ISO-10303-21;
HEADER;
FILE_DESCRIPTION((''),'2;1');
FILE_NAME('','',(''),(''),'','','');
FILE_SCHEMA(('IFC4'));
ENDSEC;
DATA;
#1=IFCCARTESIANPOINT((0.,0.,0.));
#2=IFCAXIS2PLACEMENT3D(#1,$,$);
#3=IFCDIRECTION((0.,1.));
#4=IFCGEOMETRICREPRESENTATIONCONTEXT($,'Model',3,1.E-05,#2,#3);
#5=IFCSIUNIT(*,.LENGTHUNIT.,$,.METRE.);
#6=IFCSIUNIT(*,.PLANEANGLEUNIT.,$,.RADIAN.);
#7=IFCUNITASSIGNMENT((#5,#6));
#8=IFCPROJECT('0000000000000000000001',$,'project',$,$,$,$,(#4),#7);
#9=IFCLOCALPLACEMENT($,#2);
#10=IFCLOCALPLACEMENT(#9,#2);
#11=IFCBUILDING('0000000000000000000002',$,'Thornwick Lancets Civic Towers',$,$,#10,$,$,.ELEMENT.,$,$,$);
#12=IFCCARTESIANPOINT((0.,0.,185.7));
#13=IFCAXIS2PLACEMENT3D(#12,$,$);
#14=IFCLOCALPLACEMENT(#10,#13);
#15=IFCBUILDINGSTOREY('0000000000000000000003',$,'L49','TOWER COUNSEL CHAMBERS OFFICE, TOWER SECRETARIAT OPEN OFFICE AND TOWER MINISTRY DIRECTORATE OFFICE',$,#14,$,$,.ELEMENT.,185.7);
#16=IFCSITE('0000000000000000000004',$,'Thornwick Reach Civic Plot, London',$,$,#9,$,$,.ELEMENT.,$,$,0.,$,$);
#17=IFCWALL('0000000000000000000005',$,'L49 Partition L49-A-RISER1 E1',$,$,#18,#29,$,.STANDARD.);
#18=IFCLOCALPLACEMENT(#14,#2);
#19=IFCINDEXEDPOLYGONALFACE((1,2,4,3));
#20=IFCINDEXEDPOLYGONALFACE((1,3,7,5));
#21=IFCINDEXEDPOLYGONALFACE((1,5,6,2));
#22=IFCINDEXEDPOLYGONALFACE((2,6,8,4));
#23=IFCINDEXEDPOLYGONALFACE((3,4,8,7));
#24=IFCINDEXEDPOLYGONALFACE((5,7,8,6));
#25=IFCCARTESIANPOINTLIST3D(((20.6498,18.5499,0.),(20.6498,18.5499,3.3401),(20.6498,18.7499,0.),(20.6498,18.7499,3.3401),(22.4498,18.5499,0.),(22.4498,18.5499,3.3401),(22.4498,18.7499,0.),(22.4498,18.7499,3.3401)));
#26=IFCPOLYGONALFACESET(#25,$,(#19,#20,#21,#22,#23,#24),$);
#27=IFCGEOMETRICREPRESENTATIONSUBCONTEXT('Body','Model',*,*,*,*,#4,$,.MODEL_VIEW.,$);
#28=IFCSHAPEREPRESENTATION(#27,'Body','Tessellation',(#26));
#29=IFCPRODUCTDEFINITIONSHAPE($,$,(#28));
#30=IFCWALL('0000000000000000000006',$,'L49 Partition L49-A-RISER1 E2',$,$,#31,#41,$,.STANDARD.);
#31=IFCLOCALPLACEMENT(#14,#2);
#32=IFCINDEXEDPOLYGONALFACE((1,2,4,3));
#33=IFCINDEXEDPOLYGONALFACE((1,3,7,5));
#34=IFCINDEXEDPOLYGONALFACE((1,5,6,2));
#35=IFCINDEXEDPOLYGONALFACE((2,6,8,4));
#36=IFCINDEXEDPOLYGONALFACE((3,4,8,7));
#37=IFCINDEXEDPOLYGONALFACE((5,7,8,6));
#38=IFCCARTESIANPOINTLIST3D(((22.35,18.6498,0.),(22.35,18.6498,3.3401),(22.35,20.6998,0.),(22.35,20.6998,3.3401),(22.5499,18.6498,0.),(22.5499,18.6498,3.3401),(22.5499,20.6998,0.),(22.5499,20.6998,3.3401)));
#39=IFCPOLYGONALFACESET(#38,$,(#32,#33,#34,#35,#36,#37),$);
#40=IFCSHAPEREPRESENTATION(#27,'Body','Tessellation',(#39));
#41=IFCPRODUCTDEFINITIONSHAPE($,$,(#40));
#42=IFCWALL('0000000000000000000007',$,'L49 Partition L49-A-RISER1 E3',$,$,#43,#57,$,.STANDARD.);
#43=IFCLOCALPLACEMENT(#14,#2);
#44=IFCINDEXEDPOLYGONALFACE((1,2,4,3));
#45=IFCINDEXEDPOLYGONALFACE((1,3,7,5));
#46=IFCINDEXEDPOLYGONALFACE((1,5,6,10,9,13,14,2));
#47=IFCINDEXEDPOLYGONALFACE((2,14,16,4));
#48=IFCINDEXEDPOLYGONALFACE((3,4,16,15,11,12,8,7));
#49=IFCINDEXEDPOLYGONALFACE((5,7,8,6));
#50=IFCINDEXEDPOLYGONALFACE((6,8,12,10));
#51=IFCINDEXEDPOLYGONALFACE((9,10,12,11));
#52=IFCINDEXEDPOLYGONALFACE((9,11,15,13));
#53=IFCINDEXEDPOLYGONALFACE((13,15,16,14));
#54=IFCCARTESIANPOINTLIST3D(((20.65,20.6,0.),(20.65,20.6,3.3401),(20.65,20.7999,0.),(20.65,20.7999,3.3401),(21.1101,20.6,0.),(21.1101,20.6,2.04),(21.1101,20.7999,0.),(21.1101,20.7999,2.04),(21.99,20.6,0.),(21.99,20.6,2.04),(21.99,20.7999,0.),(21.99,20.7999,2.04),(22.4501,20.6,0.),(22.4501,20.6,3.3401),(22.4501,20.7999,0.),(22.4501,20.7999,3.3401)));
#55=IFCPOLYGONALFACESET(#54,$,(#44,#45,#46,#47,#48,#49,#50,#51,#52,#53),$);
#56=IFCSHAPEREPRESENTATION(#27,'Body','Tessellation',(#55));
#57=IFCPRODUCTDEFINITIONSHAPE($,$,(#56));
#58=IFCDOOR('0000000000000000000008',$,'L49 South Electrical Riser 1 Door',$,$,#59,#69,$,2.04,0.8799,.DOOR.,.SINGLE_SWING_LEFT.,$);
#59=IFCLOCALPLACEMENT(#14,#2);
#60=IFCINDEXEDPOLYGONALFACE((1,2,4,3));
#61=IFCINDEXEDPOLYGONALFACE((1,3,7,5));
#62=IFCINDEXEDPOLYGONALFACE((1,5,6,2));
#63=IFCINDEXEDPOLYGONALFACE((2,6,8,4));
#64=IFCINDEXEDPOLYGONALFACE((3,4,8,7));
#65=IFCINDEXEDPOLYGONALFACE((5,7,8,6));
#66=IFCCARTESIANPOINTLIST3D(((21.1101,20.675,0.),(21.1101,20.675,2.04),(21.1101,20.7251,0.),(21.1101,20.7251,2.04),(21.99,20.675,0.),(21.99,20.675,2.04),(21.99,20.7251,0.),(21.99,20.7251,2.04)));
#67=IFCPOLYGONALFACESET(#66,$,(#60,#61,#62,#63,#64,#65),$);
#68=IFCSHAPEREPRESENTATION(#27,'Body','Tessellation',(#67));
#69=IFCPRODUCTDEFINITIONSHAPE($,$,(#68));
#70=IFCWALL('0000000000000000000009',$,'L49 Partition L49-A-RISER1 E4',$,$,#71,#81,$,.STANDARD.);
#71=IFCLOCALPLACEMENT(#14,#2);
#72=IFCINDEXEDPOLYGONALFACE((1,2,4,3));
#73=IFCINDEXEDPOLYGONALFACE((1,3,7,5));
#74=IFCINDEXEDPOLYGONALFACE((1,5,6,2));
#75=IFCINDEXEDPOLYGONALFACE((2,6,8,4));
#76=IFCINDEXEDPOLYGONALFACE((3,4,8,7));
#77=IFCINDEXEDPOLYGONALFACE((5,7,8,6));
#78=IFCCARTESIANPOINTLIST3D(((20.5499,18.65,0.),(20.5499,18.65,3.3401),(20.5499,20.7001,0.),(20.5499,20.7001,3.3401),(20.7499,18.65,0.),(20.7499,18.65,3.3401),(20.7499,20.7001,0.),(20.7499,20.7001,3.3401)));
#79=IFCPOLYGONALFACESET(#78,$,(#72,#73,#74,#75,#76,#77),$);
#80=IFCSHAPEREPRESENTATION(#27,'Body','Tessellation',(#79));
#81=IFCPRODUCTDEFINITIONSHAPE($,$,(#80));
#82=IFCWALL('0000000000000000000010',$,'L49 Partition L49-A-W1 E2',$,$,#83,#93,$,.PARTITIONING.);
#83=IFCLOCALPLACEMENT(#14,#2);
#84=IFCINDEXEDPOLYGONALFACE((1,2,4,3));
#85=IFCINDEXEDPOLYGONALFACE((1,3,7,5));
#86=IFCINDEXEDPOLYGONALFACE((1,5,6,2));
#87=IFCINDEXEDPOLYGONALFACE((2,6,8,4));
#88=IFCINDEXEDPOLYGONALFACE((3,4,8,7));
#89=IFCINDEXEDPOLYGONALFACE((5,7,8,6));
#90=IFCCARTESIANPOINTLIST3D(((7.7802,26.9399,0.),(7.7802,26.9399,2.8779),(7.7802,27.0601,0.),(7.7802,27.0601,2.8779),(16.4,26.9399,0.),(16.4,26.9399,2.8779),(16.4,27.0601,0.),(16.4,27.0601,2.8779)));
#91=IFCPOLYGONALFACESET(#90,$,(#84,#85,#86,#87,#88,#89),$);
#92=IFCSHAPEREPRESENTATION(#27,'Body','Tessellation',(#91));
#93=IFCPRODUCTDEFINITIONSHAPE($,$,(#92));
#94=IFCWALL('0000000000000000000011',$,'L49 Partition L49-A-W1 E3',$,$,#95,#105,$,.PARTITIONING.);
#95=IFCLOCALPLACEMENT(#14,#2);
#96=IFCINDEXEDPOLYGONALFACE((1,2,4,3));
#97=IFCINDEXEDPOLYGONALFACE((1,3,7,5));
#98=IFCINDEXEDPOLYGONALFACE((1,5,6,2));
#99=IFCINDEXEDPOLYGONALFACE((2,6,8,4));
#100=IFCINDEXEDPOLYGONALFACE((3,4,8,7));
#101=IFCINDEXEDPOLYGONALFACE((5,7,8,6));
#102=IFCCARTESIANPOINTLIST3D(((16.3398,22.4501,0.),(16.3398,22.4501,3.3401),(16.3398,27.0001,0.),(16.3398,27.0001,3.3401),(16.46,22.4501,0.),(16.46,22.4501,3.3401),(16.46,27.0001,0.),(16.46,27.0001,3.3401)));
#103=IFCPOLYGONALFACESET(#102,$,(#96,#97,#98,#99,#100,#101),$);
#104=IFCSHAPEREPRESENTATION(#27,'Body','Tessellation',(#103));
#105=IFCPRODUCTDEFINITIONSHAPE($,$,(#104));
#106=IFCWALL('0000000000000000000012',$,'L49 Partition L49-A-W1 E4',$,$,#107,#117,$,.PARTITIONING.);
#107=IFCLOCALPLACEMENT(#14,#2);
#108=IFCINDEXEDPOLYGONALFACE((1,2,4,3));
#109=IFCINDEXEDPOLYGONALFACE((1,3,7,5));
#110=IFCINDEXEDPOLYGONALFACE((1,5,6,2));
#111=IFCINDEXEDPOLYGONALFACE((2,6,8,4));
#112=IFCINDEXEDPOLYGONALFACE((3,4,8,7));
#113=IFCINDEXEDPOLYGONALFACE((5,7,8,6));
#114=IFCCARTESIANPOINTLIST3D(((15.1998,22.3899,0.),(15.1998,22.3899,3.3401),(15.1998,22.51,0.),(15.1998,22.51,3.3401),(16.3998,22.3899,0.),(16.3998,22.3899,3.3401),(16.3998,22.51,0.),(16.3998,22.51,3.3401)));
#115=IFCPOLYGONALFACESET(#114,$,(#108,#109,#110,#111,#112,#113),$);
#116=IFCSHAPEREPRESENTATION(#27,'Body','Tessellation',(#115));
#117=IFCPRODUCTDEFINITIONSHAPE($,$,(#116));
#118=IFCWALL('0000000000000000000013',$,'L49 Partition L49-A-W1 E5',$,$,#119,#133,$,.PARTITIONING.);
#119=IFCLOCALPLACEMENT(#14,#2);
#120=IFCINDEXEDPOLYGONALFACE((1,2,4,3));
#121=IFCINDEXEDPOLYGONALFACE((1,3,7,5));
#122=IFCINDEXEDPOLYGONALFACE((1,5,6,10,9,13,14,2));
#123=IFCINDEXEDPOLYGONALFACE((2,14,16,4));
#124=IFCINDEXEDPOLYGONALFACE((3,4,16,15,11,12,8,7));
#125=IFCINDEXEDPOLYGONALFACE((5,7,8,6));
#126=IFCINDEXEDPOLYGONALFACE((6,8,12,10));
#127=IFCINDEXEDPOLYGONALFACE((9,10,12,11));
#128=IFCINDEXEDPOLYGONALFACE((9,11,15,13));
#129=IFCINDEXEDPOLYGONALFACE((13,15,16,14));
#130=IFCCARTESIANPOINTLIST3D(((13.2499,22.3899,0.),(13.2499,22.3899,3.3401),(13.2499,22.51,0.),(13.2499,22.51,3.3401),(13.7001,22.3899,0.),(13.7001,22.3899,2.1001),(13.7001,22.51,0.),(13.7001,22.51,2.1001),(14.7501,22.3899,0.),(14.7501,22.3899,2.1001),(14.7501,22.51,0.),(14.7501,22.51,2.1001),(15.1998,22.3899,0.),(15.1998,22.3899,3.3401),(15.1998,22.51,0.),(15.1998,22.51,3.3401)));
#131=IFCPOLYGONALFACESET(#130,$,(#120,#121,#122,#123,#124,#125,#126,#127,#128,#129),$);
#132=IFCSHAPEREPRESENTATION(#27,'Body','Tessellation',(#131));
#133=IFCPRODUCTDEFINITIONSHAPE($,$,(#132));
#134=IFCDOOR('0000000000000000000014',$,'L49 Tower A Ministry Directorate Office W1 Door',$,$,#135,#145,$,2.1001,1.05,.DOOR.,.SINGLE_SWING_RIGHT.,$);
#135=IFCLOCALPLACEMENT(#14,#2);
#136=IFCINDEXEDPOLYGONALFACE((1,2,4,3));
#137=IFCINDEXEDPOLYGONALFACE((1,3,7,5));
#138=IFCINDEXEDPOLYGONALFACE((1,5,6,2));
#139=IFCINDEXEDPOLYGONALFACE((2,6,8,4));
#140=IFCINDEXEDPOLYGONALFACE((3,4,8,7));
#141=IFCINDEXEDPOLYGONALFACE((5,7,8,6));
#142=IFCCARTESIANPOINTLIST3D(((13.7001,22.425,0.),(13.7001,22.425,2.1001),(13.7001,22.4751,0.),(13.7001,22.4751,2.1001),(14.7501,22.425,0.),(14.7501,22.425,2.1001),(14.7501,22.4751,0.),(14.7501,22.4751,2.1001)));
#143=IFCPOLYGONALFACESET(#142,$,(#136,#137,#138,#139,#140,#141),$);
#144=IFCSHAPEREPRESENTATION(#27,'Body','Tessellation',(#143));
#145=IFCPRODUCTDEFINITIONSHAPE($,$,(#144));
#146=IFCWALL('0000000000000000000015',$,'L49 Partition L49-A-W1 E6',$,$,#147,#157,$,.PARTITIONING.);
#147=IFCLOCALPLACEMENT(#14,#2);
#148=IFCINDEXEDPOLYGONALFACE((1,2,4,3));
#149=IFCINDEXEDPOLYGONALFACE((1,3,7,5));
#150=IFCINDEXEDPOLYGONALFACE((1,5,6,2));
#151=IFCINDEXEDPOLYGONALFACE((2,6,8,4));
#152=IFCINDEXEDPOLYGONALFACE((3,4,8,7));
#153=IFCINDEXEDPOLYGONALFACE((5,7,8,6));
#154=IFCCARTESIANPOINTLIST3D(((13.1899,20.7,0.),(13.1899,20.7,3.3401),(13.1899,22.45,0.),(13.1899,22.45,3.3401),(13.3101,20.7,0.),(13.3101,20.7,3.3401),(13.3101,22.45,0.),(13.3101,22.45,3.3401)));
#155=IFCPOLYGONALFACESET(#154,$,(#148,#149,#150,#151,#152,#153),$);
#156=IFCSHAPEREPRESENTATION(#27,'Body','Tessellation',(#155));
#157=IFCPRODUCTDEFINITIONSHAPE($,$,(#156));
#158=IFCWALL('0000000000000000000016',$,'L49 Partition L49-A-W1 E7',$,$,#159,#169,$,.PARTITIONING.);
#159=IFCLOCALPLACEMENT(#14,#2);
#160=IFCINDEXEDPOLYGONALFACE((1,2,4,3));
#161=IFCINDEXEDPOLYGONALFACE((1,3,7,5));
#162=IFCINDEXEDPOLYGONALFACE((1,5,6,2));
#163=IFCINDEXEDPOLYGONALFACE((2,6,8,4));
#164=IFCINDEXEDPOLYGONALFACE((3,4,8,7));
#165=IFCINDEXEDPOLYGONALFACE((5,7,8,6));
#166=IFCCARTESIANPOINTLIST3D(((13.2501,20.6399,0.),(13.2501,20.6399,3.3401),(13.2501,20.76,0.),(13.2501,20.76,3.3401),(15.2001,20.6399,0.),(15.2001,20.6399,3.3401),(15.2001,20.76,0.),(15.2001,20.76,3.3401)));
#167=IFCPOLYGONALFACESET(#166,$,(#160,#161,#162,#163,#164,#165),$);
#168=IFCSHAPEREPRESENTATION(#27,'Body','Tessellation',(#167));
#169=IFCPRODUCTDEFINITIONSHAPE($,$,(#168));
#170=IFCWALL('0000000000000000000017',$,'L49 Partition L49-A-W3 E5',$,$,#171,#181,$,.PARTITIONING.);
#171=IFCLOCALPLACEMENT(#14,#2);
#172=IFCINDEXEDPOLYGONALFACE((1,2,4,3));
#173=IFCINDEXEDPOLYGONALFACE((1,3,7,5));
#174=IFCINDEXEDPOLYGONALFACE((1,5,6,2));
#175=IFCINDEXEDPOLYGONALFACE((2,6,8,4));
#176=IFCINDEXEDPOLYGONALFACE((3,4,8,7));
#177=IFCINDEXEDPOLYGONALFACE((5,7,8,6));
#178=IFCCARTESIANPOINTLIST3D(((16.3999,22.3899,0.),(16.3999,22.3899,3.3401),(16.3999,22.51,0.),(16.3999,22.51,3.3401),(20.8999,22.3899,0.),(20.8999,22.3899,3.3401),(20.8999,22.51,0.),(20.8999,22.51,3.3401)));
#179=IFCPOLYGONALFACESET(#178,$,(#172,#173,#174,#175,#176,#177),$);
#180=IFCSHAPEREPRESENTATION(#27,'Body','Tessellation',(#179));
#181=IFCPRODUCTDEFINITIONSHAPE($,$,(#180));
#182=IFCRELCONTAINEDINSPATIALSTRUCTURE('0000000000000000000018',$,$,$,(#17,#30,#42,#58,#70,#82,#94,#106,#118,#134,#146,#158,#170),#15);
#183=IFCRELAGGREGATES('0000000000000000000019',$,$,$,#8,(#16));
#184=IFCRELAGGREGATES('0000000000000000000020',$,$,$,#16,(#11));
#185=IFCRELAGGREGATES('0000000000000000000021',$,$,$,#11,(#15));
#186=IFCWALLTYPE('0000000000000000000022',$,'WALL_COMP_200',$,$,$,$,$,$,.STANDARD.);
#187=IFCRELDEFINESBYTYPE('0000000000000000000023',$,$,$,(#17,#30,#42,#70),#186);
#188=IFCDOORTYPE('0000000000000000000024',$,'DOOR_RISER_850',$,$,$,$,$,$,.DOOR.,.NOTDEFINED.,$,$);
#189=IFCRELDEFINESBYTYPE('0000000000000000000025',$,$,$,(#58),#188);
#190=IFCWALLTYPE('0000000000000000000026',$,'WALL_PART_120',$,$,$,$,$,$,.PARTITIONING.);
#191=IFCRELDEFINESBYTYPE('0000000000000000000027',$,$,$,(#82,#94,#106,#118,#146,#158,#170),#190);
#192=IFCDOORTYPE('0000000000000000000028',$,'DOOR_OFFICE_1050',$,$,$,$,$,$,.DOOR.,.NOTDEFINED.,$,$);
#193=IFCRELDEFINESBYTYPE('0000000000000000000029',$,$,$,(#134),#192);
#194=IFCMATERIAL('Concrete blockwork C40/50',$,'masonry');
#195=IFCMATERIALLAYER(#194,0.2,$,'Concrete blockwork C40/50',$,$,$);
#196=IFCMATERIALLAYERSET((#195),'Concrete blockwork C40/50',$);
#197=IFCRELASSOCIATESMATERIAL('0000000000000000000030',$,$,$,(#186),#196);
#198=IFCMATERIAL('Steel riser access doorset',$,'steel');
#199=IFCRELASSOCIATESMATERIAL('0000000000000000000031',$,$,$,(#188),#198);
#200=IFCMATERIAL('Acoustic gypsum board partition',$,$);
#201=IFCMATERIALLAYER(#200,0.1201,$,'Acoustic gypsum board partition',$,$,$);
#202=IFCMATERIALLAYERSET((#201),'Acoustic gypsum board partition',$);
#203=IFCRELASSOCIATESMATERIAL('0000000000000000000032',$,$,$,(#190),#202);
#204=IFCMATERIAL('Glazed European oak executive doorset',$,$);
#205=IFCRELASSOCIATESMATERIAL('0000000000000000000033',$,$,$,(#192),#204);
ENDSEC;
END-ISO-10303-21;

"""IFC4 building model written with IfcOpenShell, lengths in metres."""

from ifc_helpers import new_model, si_unit, direction, frame, frame_2d, origin, place, context, subcontext, project, spatial, rectangle, extrude, material, layer, layer_set, type_object, element, fill, save


model = new_model("IFC4")

# Units and contexts
model_context = context("Model", 3, precision=1e-05, world=origin(), true_north=direction((0.0, 1.0)))
body_context = subcontext(model_context, "Body", "Model", "MODEL_VIEW")
ifc_project = project(units=[si_unit("LENGTHUNIT", "METRE"), si_unit("PLANEANGLEUNIT", "RADIAN")], contexts=[model_context])

# Site, building, storey
site_placement = place(None, origin())
site = spatial("IfcSite", under=ifc_project, at=site_placement, Name="Thornwick Reach Civic Plot, London", CompositionType="ELEMENT", RefElevation=0.0)
building_placement = place(site_placement, origin())
building = spatial("IfcBuilding", under=site, at=building_placement, Name="Thornwick Lancets Civic Towers", CompositionType="ELEMENT")
storey_placement = place(building_placement, frame((0.0, 0.0, 185.7)))
storey = spatial("IfcBuildingStorey", under=building, at=storey_placement, Name="L49", Description="TOWER COUNSEL CHAMBERS OFFICE, TOWER SECRETARIAT OPEN OFFICE AND TOWER MINISTRY DIRECTORATE OFFICE", CompositionType="ELEMENT", Elevation=185.7)

# Shared definitions
ifc_material_1 = material(Name="Concrete blockwork C40/50", Category="masonry")
ifc_layer_1 = layer(ifc_material_1, 0.2, Name="Concrete blockwork C40/50")
ifc_layer_set_1 = layer_set([ifc_layer_1], Name="Concrete blockwork C40/50")
wall_type_1 = type_object("IfcWallType", Name="WALL_COMP_200", PredefinedType="STANDARD", material=ifc_layer_set_1)

# Walls
wall_1_placement = place(storey_placement, frame((20.6499, 18.6499, 0.0), z_axis=(0.0, 0.0, 1.0), x_axis=(1.0, 0.0, 0.0)))
element("IfcWall", 1, at=wall_1_placement, inside=storey, type_object=wall_type_1, Name="L49 Partition L49-A-RISER1 E1", PredefinedType="STANDARD", context=body_context, shape_type="SweptSolid", body=[
    extrude(rectangle(XDim=1.8, YDim=0.2, at=frame_2d((0.8999, 0.0))), origin(), (0.0, 0.0, 1.0), 3.3401),
])
wall_2_placement = place(storey_placement, frame((22.45, 18.6499, 0.0), z_axis=(0.0, 0.0, 1.0), x_axis=(0.0, 1.0, 0.0)))
element("IfcWall", 2, at=wall_2_placement, inside=storey, type_object=wall_type_1, Name="L49 Partition L49-A-RISER1 E2", PredefinedType="STANDARD", context=body_context, shape_type="SweptSolid", body=[
    extrude(rectangle(XDim=2.05, YDim=0.2, at=frame_2d((1.0249, 0.0))), origin(), (0.0, 0.0, 1.0), 3.3401),
])

# Wall, opening, door
wall_3_placement = place(storey_placement, frame((22.45, 20.7, 0.0), z_axis=(0.0, 0.0, 1.0), x_axis=(-1.0, 0.0, 0.0)))
wall_3 = element("IfcWall", 3, at=wall_3_placement, inside=storey, type_object=wall_type_1, Name="L49 Partition L49-A-RISER1 E3", PredefinedType="STANDARD", context=body_context, shape_type="SweptSolid", body=[
    extrude(rectangle(XDim=1.8, YDim=0.2, at=frame_2d((0.8999, 0.0))), origin(), (0.0, 0.0, 1.0), 3.3401),
])
opening_1_placement = place(wall_3_placement, frame((0.46, 0.0, 0.0)))
opening_1 = element("IfcOpeningElement", 4, at=opening_1_placement, cuts=wall_3, PredefinedType="OPENING", context=body_context, shape_type="SweptSolid", body=[
    extrude(rectangle(XDim=0.8799, YDim=2.04, at=frame_2d((0.4399, 1.02))), frame((0.0, 0.1099, 0.0), z_axis=(0.0, -1.0, 0.0), x_axis=(1.0, 0.0, 0.0)), (0.0, 0.0, 1.0), 0.22),
])
ifc_material_2 = material(Name="Steel riser access doorset", Category="steel")
door_type_1 = type_object("IfcDoorType", Name="DOOR_RISER_850", OperationType="NOTDEFINED", PredefinedType="DOOR", material=ifc_material_2)
door_1_placement = place(opening_1_placement, origin())
door_1 = element("IfcDoor", 5, at=door_1_placement, inside=storey, type_object=door_type_1, Name="L49 South Electrical Riser 1 Door", OperationType="SINGLE_SWING_LEFT", OverallHeight=2.04, OverallWidth=0.8799, PredefinedType="DOOR", context=body_context, shape_type="SweptSolid", body=[
    extrude(rectangle(XDim=0.8799, YDim=2.04, at=frame_2d((0.4399, 1.02))), frame((0.0, 0.0249, 0.0), z_axis=(0.0, -1.0, 0.0), x_axis=(1.0, 0.0, 0.0)), (0.0, 0.0, 1.0), 0.05),
])
fill(opening_1, door_1)

# Walls
wall_4_placement = place(storey_placement, frame((20.6499, 20.7, 0.0), z_axis=(0.0, 0.0, 1.0), x_axis=(0.0, -1.0, 0.0)))
element("IfcWall", 6, at=wall_4_placement, inside=storey, type_object=wall_type_1, Name="L49 Partition L49-A-RISER1 E4", PredefinedType="STANDARD", context=body_context, shape_type="SweptSolid", body=[
    extrude(rectangle(XDim=2.05, YDim=0.2, at=frame_2d((1.0249, 0.0))), origin(), (0.0, 0.0, 1.0), 3.3401),
])
ifc_material_3 = material(Name="Acoustic gypsum board partition")
ifc_layer_2 = layer(ifc_material_3, 0.1201, Name="Acoustic gypsum board partition")
ifc_layer_set_2 = layer_set([ifc_layer_2], Name="Acoustic gypsum board partition")
wall_type_2 = type_object("IfcWallType", Name="WALL_PART_120", PredefinedType="PARTITIONING", material=ifc_layer_set_2)
wall_5_placement = place(storey_placement, frame((7.78, 27.0, 0.0), z_axis=(0.0, 0.0, 1.0), x_axis=(1.0, 0.0, 0.0)))
element("IfcWall", 7, at=wall_5_placement, inside=storey, type_object=wall_type_2, Name="L49 Partition L49-A-W1 E2", PredefinedType="PARTITIONING", context=body_context, shape_type="SweptSolid", body=[
    extrude(rectangle(XDim=8.6199, YDim=0.1201, at=frame_2d((4.3101, 0.0))), origin(), (0.0, 0.0, 1.0), 2.8779),
])
wall_6_placement = place(storey_placement, frame((16.3999, 27.0, 0.0), z_axis=(0.0, 0.0, 1.0), x_axis=(0.0, -1.0, 0.0)))
element("IfcWall", 8, at=wall_6_placement, inside=storey, type_object=wall_type_2, Name="L49 Partition L49-A-W1 E3", PredefinedType="PARTITIONING", context=body_context, shape_type="SweptSolid", body=[
    extrude(rectangle(XDim=4.55, YDim=0.1201, at=frame_2d((2.2749, 0.0))), origin(), (0.0, 0.0, 1.0), 3.3401),
])
wall_7_placement = place(storey_placement, frame((16.3999, 22.45, 0.0), z_axis=(0.0, 0.0, 1.0), x_axis=(-1.0, 0.0, 0.0)))
element("IfcWall", 9, at=wall_7_placement, inside=storey, type_object=wall_type_2, Name="L49 Partition L49-A-W1 E4", PredefinedType="PARTITIONING", context=body_context, shape_type="SweptSolid", body=[
    extrude(rectangle(XDim=1.2, YDim=0.1201, at=frame_2d((0.6001, 0.0))), origin(), (0.0, 0.0, 1.0), 3.3401),
])

# Wall, opening, door
wall_8_placement = place(storey_placement, frame((15.2, 22.45, 0.0), z_axis=(0.0, 0.0, 1.0), x_axis=(-1.0, 0.0, 0.0)))
wall_8 = element("IfcWall", 10, at=wall_8_placement, inside=storey, type_object=wall_type_2, Name="L49 Partition L49-A-W1 E5", PredefinedType="PARTITIONING", context=body_context, shape_type="SweptSolid", body=[
    extrude(rectangle(XDim=1.95, YDim=0.1201, at=frame_2d((0.9751, 0.0))), origin(), (0.0, 0.0, 1.0), 3.3401),
])
opening_2_placement = place(wall_8_placement, frame((0.45, 0.0, 0.0)))
opening_2 = element("IfcOpeningElement", 11, at=opening_2_placement, cuts=wall_8, PredefinedType="OPENING", context=body_context, shape_type="SweptSolid", body=[
    extrude(rectangle(XDim=1.05, YDim=2.1001, at=frame_2d((0.5249, 1.05))), frame((0.0, 0.0701, 0.0), z_axis=(0.0, -1.0, 0.0), x_axis=(1.0, 0.0, 0.0)), (0.0, 0.0, 1.0), 0.1401),
])
ifc_material_4 = material(Name="Glazed European oak executive doorset")
door_type_2 = type_object("IfcDoorType", Name="DOOR_OFFICE_1050", OperationType="NOTDEFINED", PredefinedType="DOOR", material=ifc_material_4)
door_2_placement = place(opening_2_placement, origin())
door_2 = element("IfcDoor", 12, at=door_2_placement, inside=storey, type_object=door_type_2, Name="L49 Tower A Ministry Directorate Office W1 Door", OperationType="SINGLE_SWING_RIGHT", OverallHeight=2.1001, OverallWidth=1.05, PredefinedType="DOOR", context=body_context, shape_type="SweptSolid", body=[
    extrude(rectangle(XDim=1.05, YDim=2.1001, at=frame_2d((0.5249, 1.05))), frame((0.0, 0.0249, 0.0), z_axis=(0.0, -1.0, 0.0), x_axis=(1.0, 0.0, 0.0)), (0.0, 0.0, 1.0), 0.05),
])
fill(opening_2, door_2)

# Walls
wall_9_placement = place(storey_placement, frame((13.25, 22.45, 0.0), z_axis=(0.0, 0.0, 1.0), x_axis=(0.0, -1.0, 0.0)))
element("IfcWall", 13, at=wall_9_placement, inside=storey, type_object=wall_type_2, Name="L49 Partition L49-A-W1 E6", PredefinedType="PARTITIONING", context=body_context, shape_type="SweptSolid", body=[
    extrude(rectangle(XDim=1.75, YDim=0.1201, at=frame_2d((0.875, 0.0))), origin(), (0.0, 0.0, 1.0), 3.3401),
])
wall_10_placement = place(storey_placement, frame((13.25, 20.7, 0.0), z_axis=(0.0, 0.0, 1.0), x_axis=(1.0, 0.0, 0.0)))
element("IfcWall", 14, at=wall_10_placement, inside=storey, type_object=wall_type_2, Name="L49 Partition L49-A-W1 E7", PredefinedType="PARTITIONING", context=body_context, shape_type="SweptSolid", body=[
    extrude(rectangle(XDim=1.95, YDim=0.1201, at=frame_2d((0.9751, 0.0))), origin(), (0.0, 0.0, 1.0), 3.3401),
])
wall_11_placement = place(storey_placement, frame((20.8999, 22.45, 0.0), z_axis=(0.0, 0.0, 1.0), x_axis=(-1.0, 0.0, 0.0)))
element("IfcWall", 15, at=wall_11_placement, inside=storey, type_object=wall_type_2, Name="L49 Partition L49-A-W3 E5", PredefinedType="PARTITIONING", context=body_context, shape_type="SweptSolid", body=[
    extrude(rectangle(XDim=4.5, YDim=0.1201, at=frame_2d((2.25, 0.0))), origin(), (0.0, 0.0, 1.0), 3.3401),
])

save(model, "model.ifc")
